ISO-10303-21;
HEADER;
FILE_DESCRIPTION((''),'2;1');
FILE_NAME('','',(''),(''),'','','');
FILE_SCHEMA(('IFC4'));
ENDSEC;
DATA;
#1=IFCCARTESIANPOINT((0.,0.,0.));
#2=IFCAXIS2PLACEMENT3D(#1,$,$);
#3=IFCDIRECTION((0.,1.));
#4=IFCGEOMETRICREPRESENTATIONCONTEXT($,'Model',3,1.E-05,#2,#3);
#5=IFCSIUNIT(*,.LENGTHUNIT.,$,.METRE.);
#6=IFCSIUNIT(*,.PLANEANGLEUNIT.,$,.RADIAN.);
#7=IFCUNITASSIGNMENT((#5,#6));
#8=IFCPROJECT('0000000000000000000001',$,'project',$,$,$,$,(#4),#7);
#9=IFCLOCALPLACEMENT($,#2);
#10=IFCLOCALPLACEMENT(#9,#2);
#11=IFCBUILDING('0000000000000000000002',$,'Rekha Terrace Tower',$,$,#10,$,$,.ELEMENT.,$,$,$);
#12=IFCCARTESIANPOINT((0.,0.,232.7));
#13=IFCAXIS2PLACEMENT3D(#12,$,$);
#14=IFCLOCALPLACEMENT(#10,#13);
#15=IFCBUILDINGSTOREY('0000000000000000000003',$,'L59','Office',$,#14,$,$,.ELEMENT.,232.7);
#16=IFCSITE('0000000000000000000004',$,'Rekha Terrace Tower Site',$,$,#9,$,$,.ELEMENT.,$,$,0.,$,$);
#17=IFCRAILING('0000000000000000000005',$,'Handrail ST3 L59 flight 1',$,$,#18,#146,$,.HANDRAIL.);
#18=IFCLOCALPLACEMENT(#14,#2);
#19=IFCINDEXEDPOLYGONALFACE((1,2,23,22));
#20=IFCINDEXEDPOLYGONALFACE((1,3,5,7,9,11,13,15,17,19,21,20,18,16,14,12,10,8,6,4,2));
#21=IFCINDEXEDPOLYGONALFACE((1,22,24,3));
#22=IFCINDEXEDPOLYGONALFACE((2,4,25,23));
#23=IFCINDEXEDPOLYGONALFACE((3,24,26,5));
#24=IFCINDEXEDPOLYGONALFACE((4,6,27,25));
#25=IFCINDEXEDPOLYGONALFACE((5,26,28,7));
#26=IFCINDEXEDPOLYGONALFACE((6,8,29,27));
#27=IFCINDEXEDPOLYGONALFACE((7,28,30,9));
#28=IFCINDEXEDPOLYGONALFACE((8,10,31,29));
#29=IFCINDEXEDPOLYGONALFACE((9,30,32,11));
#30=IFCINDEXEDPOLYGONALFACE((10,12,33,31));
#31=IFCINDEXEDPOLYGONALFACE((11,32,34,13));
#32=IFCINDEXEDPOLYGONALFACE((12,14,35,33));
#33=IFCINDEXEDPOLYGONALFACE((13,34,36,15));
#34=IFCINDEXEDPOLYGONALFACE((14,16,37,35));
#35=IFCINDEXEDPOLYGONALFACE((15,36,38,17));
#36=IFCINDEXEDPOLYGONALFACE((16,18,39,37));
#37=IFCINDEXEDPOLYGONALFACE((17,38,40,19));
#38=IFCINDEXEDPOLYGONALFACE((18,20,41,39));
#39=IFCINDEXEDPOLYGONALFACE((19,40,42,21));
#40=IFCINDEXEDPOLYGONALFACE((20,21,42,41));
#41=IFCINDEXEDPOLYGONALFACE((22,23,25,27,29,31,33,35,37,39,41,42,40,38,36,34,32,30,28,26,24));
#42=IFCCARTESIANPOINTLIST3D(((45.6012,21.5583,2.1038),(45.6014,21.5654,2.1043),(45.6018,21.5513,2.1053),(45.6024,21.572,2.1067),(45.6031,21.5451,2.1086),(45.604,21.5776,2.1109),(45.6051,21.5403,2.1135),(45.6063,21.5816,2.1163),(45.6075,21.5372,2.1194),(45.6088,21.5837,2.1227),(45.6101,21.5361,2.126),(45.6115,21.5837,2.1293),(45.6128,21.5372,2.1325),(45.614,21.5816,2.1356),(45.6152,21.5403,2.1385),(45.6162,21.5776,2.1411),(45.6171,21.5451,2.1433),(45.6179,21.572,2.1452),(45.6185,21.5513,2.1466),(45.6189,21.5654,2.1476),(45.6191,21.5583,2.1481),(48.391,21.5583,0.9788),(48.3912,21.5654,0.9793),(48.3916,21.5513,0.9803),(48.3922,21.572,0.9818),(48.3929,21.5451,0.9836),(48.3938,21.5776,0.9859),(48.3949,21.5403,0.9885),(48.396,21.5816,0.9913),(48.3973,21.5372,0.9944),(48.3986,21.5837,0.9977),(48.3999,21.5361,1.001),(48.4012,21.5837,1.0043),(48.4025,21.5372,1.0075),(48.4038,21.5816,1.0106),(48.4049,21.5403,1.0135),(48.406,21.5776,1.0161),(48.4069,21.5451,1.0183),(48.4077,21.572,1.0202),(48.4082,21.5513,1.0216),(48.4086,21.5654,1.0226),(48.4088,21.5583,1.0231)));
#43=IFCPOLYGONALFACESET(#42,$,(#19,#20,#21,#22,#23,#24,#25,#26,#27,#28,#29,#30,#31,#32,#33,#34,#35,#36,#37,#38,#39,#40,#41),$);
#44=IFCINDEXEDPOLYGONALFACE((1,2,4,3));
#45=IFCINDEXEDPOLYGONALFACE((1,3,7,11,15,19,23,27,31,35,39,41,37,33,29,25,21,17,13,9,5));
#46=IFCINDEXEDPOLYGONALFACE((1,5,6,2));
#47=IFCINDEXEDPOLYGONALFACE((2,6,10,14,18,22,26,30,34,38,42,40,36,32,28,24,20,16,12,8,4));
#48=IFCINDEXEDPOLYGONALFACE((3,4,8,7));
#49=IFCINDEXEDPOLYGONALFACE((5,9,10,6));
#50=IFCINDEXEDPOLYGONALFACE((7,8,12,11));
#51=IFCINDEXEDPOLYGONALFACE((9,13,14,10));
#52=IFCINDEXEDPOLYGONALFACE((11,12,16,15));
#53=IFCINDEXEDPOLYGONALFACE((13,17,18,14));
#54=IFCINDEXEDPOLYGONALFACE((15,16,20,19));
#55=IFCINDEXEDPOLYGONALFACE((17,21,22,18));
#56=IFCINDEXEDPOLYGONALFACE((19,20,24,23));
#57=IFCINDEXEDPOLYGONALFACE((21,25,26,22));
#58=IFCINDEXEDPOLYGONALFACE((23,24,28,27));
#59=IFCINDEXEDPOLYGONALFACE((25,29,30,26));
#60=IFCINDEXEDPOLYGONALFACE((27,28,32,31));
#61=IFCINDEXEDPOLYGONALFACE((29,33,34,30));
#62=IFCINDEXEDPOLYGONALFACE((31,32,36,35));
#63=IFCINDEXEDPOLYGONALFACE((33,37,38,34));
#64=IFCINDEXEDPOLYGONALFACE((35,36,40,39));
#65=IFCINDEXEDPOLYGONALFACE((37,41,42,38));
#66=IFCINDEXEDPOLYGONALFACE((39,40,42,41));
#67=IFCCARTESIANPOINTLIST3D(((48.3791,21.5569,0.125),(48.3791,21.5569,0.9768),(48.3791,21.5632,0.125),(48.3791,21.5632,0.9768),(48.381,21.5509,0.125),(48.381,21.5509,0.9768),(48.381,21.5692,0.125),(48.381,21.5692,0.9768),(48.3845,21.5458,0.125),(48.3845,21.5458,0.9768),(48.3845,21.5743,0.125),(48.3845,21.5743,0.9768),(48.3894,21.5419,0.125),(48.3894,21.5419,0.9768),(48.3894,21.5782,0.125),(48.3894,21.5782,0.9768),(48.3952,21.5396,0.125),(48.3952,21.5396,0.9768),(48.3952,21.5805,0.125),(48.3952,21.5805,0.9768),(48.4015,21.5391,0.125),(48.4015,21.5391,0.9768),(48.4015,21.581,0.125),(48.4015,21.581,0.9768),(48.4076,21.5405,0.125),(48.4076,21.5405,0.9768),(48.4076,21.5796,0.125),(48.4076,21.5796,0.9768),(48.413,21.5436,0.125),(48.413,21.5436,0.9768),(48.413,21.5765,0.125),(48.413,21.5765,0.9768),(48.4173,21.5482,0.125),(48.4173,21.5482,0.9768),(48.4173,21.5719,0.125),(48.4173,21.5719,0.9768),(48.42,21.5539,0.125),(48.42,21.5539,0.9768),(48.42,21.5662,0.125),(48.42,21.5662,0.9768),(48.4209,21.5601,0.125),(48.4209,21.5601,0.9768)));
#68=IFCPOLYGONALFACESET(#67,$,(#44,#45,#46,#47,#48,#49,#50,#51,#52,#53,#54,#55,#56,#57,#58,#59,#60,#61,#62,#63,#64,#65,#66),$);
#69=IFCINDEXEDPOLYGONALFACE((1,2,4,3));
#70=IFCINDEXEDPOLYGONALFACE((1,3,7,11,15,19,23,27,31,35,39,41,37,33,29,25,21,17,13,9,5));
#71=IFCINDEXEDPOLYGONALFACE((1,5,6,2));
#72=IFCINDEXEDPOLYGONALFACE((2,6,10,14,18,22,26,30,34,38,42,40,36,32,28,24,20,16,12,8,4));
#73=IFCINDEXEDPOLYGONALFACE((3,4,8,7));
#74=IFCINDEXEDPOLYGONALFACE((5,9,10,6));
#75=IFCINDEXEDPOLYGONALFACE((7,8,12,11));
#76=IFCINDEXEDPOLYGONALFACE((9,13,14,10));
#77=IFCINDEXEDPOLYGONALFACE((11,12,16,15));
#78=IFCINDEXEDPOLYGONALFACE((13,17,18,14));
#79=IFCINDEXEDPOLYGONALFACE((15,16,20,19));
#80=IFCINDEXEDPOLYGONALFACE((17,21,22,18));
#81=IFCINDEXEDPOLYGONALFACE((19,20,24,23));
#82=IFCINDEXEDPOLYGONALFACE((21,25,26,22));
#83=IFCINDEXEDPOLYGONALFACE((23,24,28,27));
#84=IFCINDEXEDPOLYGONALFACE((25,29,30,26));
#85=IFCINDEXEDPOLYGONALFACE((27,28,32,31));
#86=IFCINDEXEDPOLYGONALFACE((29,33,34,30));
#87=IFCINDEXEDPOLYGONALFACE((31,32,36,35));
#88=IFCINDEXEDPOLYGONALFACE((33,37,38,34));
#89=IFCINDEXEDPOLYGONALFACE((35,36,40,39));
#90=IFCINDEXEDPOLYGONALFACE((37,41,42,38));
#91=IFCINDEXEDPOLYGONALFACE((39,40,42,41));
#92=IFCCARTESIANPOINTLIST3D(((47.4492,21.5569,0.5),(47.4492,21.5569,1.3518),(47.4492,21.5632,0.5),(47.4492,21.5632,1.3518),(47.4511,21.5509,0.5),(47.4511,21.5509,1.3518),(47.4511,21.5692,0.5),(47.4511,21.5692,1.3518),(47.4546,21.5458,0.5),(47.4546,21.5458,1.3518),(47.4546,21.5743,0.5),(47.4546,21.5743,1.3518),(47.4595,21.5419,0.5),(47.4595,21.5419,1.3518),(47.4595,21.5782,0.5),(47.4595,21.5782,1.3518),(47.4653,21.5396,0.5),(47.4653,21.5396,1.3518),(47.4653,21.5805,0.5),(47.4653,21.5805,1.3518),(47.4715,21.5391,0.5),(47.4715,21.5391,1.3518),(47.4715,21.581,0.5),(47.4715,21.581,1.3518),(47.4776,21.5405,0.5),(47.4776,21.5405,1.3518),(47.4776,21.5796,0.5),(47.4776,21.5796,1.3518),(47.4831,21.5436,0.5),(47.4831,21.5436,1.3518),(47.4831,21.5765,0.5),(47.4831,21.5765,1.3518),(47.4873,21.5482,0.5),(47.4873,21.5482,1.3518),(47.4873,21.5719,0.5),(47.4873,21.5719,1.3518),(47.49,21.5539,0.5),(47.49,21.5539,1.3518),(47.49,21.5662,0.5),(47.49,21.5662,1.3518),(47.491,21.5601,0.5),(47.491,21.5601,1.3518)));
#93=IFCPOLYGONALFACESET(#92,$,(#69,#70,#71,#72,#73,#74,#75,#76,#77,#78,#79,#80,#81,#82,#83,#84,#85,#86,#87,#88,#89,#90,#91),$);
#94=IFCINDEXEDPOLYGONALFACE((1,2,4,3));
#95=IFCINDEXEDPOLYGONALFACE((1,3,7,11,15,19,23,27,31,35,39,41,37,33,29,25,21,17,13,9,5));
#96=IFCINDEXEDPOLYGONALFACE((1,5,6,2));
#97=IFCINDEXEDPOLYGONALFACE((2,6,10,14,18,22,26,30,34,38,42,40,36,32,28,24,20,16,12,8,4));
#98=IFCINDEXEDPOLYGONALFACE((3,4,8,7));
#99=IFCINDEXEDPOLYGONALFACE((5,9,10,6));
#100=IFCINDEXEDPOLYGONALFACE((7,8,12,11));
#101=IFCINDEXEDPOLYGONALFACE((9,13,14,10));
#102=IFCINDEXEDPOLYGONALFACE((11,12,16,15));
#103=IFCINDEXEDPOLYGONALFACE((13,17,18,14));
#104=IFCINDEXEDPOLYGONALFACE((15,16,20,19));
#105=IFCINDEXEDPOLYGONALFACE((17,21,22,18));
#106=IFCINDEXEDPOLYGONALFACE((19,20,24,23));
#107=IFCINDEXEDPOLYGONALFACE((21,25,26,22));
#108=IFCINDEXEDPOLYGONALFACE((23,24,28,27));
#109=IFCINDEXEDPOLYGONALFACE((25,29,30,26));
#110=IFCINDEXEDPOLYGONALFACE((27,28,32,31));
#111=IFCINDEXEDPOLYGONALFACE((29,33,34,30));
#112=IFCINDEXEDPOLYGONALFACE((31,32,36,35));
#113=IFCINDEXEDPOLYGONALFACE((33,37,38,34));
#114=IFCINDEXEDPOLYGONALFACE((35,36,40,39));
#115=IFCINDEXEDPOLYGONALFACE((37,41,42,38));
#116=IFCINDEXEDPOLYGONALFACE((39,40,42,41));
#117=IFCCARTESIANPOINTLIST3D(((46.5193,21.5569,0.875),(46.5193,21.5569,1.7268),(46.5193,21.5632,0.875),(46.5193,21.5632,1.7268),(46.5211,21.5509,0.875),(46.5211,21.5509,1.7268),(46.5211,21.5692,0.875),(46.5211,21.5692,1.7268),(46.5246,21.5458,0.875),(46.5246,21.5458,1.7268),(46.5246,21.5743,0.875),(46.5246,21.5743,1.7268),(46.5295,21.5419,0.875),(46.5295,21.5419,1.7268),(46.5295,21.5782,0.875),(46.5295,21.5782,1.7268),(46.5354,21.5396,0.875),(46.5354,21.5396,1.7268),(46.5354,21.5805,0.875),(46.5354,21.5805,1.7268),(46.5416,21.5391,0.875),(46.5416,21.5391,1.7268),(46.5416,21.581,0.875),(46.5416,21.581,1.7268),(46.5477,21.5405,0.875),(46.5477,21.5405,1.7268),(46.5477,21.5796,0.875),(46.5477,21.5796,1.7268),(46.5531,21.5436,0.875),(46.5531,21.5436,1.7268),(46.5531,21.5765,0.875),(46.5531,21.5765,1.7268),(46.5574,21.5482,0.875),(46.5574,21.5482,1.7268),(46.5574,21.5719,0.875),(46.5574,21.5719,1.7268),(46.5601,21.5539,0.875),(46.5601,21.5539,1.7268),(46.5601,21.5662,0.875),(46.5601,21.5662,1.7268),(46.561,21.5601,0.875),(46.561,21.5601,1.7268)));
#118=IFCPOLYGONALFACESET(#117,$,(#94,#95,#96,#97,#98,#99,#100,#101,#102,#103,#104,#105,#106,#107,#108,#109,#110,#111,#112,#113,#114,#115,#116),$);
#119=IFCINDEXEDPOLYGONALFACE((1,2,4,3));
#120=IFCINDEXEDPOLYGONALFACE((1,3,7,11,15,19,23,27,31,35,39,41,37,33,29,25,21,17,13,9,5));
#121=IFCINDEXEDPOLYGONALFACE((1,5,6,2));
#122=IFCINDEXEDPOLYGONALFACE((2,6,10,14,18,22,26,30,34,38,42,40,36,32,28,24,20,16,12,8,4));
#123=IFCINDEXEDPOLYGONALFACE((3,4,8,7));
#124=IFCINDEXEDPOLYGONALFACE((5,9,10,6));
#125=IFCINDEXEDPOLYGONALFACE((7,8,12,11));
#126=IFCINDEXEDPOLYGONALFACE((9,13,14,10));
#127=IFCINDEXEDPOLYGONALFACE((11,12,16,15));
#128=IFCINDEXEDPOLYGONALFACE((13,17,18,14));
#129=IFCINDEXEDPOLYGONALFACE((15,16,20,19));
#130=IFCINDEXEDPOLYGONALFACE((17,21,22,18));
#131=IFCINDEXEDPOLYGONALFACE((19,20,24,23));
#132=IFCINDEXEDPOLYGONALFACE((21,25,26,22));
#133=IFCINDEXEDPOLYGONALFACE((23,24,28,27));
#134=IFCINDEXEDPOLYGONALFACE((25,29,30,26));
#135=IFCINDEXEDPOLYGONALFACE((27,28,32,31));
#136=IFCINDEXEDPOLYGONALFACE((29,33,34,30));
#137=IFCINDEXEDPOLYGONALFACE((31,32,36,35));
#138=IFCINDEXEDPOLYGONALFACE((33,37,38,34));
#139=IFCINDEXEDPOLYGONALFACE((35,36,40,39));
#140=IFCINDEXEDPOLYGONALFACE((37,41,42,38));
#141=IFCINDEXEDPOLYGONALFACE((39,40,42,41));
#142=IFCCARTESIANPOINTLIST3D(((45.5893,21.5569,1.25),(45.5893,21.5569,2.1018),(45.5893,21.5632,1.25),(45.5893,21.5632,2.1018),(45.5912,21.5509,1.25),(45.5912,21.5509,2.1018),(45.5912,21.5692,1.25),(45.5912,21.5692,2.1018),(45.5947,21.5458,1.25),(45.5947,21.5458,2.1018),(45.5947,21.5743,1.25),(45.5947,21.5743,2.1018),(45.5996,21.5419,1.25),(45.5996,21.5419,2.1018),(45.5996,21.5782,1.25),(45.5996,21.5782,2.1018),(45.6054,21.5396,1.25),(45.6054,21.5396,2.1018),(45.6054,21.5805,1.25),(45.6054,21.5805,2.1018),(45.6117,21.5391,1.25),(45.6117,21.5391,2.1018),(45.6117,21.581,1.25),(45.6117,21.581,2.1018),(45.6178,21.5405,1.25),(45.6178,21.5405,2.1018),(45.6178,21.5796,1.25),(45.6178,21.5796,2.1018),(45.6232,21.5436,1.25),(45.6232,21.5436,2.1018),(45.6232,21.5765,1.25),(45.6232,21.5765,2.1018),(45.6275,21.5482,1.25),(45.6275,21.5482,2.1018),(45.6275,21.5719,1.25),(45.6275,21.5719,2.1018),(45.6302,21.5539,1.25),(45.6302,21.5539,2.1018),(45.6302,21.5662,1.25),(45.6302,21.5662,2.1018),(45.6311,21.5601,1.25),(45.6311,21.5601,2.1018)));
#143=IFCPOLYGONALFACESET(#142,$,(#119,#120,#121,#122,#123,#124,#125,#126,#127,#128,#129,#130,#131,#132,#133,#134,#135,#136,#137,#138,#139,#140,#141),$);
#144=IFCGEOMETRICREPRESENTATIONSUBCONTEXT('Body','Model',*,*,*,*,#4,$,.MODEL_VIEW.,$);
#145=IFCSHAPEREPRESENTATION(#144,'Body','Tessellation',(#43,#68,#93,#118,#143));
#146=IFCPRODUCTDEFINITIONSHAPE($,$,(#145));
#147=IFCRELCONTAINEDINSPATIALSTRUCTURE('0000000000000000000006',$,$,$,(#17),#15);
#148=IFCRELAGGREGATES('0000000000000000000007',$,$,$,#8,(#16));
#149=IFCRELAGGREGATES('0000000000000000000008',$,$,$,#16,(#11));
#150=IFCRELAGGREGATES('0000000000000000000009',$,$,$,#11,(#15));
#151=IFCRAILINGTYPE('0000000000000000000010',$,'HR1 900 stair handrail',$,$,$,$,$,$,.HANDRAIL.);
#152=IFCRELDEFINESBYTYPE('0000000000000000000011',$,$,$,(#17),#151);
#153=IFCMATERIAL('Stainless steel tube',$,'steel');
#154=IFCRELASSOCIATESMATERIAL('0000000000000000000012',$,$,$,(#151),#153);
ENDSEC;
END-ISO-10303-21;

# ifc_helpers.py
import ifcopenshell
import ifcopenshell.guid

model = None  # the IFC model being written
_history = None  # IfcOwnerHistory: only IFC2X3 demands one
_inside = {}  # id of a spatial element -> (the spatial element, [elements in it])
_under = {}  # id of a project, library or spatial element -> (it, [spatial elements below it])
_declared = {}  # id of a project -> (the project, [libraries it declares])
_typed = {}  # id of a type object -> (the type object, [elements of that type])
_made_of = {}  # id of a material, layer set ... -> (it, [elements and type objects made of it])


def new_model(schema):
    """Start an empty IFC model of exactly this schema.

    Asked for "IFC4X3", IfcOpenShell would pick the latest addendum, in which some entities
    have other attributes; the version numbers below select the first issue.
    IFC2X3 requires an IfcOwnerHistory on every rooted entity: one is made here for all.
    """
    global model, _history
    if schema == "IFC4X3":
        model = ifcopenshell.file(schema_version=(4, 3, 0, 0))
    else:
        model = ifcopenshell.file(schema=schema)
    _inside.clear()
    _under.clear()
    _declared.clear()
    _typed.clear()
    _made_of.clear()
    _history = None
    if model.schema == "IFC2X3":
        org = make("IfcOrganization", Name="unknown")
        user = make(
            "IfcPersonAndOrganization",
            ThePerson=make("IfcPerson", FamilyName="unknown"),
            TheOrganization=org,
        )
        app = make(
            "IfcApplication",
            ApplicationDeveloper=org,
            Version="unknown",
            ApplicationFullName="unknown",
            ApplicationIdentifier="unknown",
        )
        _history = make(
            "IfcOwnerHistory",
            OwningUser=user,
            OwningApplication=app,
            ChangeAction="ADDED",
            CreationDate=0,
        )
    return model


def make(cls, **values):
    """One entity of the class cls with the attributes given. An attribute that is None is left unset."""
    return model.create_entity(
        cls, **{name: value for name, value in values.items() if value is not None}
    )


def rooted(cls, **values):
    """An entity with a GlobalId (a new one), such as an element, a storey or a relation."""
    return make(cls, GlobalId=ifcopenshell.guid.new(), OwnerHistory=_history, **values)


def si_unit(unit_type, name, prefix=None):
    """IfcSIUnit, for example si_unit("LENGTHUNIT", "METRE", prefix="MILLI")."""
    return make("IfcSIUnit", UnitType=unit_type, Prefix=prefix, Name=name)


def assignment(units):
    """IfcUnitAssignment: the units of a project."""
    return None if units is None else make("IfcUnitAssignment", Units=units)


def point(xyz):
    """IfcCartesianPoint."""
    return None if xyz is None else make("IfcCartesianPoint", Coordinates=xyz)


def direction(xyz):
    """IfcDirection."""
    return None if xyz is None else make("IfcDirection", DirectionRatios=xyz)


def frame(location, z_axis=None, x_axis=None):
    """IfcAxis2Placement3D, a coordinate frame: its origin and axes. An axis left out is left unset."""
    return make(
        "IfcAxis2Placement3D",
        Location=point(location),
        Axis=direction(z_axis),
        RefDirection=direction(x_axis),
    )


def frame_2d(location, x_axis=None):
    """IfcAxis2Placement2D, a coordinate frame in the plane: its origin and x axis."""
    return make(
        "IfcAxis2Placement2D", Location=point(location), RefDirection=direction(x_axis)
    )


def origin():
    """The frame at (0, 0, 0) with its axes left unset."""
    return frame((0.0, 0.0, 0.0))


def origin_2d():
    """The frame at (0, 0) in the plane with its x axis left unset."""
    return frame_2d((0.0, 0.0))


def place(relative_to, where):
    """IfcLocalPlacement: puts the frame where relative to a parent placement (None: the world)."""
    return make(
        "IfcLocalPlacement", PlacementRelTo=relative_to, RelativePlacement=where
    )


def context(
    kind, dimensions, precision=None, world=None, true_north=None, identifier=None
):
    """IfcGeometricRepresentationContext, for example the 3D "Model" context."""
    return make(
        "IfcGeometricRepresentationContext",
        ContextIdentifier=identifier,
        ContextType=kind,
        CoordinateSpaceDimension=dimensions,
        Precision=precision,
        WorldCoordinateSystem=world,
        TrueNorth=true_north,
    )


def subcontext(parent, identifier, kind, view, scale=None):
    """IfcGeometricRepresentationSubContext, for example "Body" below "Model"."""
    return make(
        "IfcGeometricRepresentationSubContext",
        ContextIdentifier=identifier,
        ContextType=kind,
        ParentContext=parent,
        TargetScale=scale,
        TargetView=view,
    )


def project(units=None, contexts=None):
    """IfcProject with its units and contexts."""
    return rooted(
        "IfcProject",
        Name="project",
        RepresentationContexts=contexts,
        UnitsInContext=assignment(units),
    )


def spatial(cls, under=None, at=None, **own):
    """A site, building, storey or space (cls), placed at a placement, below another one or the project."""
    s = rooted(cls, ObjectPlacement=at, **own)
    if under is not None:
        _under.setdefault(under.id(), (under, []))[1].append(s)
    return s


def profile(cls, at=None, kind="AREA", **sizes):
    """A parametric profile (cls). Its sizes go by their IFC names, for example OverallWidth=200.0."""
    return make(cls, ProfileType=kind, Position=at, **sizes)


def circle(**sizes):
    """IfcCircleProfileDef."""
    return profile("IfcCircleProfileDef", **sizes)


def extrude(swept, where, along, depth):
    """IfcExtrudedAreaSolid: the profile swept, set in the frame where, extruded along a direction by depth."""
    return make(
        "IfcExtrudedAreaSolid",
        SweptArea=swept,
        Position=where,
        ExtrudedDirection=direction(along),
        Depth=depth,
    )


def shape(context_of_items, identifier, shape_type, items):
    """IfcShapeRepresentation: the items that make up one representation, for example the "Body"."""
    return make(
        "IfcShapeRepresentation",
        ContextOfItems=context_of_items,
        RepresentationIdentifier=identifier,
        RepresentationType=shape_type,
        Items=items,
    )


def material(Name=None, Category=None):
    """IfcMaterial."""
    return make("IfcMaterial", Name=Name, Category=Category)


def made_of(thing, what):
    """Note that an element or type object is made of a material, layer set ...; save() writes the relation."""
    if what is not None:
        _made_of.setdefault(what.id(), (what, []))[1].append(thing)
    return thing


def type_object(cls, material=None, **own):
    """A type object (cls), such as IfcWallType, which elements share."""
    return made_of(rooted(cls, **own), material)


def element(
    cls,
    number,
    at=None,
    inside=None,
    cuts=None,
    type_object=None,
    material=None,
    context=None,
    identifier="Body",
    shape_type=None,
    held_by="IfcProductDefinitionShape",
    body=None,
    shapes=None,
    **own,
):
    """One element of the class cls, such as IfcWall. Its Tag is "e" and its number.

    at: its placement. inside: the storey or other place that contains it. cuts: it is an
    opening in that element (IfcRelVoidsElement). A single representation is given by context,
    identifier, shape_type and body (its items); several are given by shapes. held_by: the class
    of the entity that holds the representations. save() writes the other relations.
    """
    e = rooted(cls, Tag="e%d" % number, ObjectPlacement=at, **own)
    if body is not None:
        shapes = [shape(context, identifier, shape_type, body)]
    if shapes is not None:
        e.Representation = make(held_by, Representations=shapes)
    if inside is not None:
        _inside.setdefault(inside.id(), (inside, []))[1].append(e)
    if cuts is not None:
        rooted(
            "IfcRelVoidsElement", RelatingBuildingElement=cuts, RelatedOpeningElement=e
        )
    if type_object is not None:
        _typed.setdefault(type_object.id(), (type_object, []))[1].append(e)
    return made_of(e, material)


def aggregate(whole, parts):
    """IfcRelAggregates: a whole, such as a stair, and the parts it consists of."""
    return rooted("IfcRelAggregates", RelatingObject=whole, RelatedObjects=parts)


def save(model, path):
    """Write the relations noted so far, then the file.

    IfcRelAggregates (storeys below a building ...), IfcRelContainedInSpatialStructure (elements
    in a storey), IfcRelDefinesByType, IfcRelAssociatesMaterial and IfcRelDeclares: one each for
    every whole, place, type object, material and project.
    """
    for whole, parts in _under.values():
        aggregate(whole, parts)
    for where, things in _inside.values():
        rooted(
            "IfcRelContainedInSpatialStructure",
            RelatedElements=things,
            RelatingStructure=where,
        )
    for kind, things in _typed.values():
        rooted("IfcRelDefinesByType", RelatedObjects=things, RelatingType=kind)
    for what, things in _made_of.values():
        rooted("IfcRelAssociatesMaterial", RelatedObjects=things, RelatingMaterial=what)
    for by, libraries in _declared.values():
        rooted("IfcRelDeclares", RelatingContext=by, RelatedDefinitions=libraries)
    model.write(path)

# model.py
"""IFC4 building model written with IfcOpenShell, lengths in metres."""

from ifc_helpers import new_model, si_unit, direction, frame, origin, origin_2d, place, context, subcontext, project, spatial, circle, extrude, material, type_object, element, save


model = new_model("IFC4")

# Units and contexts
model_context = context("Model", 3, precision=1e-05, world=origin(), true_north=direction((0.0, 1.0)))
body_context = subcontext(model_context, "Body", "Model", "MODEL_VIEW")
ifc_project = project(units=[si_unit("LENGTHUNIT", "METRE"), si_unit("PLANEANGLEUNIT", "RADIAN")], contexts=[model_context])

# Site, building, storey
site_placement = place(None, origin())
site = spatial("IfcSite", under=ifc_project, at=site_placement, Name="Rekha Terrace Tower Site", CompositionType="ELEMENT", RefElevation=0.0)
building_placement = place(site_placement, origin())
building = spatial("IfcBuilding", under=site, at=building_placement, Name="Rekha Terrace Tower", CompositionType="ELEMENT")
storey_placement = place(building_placement, frame((0.0, 0.0, 232.7)))
storey = spatial("IfcBuildingStorey", under=building, at=storey_placement, Name="L59", Description="Office", CompositionType="ELEMENT", Elevation=232.7)

# Railing
ifc_material_1 = material(Name="Stainless steel tube", Category="steel")
railing_type_1 = type_object("IfcRailingType", Name="HR1 900 stair handrail", PredefinedType="HANDRAIL", material=ifc_material_1)
railing_1_placement = place(storey_placement, frame((48.3999, 21.5601, 0.125)))
element("IfcRailing", 1, at=railing_1_placement, inside=storey, type_object=railing_type_1, Name="Handrail ST3 L59 flight 1", PredefinedType="HANDRAIL", context=body_context, shape_type="SweptSolid", body=[
    extrude(circle(Radius=0.0239, at=origin_2d()), frame((0.0, 0.0, 0.876), z_axis=(-0.927432, 0.0, 0.373992), x_axis=(0.0, -1.0, 0.0)), (0.0, 0.0, 1.0), 3.0081),
    extrude(circle(Radius=0.021, at=origin_2d()), origin(), (0.0, 0.0, 1.0), 0.8518),
    extrude(circle(Radius=0.021, at=origin_2d()), frame((-0.9299, 0.0, 0.375)), (0.0, 0.0, 1.0), 0.8518),
    extrude(circle(Radius=0.021, at=origin_2d()), frame((-1.8599, 0.0, 0.75)), (0.0, 0.0, 1.0), 0.8518),
    extrude(circle(Radius=0.021, at=origin_2d()), frame((-2.7898, 0.0, 1.125)), (0.0, 0.0, 1.0), 0.8518),
])

save(model, "model.ifc")
